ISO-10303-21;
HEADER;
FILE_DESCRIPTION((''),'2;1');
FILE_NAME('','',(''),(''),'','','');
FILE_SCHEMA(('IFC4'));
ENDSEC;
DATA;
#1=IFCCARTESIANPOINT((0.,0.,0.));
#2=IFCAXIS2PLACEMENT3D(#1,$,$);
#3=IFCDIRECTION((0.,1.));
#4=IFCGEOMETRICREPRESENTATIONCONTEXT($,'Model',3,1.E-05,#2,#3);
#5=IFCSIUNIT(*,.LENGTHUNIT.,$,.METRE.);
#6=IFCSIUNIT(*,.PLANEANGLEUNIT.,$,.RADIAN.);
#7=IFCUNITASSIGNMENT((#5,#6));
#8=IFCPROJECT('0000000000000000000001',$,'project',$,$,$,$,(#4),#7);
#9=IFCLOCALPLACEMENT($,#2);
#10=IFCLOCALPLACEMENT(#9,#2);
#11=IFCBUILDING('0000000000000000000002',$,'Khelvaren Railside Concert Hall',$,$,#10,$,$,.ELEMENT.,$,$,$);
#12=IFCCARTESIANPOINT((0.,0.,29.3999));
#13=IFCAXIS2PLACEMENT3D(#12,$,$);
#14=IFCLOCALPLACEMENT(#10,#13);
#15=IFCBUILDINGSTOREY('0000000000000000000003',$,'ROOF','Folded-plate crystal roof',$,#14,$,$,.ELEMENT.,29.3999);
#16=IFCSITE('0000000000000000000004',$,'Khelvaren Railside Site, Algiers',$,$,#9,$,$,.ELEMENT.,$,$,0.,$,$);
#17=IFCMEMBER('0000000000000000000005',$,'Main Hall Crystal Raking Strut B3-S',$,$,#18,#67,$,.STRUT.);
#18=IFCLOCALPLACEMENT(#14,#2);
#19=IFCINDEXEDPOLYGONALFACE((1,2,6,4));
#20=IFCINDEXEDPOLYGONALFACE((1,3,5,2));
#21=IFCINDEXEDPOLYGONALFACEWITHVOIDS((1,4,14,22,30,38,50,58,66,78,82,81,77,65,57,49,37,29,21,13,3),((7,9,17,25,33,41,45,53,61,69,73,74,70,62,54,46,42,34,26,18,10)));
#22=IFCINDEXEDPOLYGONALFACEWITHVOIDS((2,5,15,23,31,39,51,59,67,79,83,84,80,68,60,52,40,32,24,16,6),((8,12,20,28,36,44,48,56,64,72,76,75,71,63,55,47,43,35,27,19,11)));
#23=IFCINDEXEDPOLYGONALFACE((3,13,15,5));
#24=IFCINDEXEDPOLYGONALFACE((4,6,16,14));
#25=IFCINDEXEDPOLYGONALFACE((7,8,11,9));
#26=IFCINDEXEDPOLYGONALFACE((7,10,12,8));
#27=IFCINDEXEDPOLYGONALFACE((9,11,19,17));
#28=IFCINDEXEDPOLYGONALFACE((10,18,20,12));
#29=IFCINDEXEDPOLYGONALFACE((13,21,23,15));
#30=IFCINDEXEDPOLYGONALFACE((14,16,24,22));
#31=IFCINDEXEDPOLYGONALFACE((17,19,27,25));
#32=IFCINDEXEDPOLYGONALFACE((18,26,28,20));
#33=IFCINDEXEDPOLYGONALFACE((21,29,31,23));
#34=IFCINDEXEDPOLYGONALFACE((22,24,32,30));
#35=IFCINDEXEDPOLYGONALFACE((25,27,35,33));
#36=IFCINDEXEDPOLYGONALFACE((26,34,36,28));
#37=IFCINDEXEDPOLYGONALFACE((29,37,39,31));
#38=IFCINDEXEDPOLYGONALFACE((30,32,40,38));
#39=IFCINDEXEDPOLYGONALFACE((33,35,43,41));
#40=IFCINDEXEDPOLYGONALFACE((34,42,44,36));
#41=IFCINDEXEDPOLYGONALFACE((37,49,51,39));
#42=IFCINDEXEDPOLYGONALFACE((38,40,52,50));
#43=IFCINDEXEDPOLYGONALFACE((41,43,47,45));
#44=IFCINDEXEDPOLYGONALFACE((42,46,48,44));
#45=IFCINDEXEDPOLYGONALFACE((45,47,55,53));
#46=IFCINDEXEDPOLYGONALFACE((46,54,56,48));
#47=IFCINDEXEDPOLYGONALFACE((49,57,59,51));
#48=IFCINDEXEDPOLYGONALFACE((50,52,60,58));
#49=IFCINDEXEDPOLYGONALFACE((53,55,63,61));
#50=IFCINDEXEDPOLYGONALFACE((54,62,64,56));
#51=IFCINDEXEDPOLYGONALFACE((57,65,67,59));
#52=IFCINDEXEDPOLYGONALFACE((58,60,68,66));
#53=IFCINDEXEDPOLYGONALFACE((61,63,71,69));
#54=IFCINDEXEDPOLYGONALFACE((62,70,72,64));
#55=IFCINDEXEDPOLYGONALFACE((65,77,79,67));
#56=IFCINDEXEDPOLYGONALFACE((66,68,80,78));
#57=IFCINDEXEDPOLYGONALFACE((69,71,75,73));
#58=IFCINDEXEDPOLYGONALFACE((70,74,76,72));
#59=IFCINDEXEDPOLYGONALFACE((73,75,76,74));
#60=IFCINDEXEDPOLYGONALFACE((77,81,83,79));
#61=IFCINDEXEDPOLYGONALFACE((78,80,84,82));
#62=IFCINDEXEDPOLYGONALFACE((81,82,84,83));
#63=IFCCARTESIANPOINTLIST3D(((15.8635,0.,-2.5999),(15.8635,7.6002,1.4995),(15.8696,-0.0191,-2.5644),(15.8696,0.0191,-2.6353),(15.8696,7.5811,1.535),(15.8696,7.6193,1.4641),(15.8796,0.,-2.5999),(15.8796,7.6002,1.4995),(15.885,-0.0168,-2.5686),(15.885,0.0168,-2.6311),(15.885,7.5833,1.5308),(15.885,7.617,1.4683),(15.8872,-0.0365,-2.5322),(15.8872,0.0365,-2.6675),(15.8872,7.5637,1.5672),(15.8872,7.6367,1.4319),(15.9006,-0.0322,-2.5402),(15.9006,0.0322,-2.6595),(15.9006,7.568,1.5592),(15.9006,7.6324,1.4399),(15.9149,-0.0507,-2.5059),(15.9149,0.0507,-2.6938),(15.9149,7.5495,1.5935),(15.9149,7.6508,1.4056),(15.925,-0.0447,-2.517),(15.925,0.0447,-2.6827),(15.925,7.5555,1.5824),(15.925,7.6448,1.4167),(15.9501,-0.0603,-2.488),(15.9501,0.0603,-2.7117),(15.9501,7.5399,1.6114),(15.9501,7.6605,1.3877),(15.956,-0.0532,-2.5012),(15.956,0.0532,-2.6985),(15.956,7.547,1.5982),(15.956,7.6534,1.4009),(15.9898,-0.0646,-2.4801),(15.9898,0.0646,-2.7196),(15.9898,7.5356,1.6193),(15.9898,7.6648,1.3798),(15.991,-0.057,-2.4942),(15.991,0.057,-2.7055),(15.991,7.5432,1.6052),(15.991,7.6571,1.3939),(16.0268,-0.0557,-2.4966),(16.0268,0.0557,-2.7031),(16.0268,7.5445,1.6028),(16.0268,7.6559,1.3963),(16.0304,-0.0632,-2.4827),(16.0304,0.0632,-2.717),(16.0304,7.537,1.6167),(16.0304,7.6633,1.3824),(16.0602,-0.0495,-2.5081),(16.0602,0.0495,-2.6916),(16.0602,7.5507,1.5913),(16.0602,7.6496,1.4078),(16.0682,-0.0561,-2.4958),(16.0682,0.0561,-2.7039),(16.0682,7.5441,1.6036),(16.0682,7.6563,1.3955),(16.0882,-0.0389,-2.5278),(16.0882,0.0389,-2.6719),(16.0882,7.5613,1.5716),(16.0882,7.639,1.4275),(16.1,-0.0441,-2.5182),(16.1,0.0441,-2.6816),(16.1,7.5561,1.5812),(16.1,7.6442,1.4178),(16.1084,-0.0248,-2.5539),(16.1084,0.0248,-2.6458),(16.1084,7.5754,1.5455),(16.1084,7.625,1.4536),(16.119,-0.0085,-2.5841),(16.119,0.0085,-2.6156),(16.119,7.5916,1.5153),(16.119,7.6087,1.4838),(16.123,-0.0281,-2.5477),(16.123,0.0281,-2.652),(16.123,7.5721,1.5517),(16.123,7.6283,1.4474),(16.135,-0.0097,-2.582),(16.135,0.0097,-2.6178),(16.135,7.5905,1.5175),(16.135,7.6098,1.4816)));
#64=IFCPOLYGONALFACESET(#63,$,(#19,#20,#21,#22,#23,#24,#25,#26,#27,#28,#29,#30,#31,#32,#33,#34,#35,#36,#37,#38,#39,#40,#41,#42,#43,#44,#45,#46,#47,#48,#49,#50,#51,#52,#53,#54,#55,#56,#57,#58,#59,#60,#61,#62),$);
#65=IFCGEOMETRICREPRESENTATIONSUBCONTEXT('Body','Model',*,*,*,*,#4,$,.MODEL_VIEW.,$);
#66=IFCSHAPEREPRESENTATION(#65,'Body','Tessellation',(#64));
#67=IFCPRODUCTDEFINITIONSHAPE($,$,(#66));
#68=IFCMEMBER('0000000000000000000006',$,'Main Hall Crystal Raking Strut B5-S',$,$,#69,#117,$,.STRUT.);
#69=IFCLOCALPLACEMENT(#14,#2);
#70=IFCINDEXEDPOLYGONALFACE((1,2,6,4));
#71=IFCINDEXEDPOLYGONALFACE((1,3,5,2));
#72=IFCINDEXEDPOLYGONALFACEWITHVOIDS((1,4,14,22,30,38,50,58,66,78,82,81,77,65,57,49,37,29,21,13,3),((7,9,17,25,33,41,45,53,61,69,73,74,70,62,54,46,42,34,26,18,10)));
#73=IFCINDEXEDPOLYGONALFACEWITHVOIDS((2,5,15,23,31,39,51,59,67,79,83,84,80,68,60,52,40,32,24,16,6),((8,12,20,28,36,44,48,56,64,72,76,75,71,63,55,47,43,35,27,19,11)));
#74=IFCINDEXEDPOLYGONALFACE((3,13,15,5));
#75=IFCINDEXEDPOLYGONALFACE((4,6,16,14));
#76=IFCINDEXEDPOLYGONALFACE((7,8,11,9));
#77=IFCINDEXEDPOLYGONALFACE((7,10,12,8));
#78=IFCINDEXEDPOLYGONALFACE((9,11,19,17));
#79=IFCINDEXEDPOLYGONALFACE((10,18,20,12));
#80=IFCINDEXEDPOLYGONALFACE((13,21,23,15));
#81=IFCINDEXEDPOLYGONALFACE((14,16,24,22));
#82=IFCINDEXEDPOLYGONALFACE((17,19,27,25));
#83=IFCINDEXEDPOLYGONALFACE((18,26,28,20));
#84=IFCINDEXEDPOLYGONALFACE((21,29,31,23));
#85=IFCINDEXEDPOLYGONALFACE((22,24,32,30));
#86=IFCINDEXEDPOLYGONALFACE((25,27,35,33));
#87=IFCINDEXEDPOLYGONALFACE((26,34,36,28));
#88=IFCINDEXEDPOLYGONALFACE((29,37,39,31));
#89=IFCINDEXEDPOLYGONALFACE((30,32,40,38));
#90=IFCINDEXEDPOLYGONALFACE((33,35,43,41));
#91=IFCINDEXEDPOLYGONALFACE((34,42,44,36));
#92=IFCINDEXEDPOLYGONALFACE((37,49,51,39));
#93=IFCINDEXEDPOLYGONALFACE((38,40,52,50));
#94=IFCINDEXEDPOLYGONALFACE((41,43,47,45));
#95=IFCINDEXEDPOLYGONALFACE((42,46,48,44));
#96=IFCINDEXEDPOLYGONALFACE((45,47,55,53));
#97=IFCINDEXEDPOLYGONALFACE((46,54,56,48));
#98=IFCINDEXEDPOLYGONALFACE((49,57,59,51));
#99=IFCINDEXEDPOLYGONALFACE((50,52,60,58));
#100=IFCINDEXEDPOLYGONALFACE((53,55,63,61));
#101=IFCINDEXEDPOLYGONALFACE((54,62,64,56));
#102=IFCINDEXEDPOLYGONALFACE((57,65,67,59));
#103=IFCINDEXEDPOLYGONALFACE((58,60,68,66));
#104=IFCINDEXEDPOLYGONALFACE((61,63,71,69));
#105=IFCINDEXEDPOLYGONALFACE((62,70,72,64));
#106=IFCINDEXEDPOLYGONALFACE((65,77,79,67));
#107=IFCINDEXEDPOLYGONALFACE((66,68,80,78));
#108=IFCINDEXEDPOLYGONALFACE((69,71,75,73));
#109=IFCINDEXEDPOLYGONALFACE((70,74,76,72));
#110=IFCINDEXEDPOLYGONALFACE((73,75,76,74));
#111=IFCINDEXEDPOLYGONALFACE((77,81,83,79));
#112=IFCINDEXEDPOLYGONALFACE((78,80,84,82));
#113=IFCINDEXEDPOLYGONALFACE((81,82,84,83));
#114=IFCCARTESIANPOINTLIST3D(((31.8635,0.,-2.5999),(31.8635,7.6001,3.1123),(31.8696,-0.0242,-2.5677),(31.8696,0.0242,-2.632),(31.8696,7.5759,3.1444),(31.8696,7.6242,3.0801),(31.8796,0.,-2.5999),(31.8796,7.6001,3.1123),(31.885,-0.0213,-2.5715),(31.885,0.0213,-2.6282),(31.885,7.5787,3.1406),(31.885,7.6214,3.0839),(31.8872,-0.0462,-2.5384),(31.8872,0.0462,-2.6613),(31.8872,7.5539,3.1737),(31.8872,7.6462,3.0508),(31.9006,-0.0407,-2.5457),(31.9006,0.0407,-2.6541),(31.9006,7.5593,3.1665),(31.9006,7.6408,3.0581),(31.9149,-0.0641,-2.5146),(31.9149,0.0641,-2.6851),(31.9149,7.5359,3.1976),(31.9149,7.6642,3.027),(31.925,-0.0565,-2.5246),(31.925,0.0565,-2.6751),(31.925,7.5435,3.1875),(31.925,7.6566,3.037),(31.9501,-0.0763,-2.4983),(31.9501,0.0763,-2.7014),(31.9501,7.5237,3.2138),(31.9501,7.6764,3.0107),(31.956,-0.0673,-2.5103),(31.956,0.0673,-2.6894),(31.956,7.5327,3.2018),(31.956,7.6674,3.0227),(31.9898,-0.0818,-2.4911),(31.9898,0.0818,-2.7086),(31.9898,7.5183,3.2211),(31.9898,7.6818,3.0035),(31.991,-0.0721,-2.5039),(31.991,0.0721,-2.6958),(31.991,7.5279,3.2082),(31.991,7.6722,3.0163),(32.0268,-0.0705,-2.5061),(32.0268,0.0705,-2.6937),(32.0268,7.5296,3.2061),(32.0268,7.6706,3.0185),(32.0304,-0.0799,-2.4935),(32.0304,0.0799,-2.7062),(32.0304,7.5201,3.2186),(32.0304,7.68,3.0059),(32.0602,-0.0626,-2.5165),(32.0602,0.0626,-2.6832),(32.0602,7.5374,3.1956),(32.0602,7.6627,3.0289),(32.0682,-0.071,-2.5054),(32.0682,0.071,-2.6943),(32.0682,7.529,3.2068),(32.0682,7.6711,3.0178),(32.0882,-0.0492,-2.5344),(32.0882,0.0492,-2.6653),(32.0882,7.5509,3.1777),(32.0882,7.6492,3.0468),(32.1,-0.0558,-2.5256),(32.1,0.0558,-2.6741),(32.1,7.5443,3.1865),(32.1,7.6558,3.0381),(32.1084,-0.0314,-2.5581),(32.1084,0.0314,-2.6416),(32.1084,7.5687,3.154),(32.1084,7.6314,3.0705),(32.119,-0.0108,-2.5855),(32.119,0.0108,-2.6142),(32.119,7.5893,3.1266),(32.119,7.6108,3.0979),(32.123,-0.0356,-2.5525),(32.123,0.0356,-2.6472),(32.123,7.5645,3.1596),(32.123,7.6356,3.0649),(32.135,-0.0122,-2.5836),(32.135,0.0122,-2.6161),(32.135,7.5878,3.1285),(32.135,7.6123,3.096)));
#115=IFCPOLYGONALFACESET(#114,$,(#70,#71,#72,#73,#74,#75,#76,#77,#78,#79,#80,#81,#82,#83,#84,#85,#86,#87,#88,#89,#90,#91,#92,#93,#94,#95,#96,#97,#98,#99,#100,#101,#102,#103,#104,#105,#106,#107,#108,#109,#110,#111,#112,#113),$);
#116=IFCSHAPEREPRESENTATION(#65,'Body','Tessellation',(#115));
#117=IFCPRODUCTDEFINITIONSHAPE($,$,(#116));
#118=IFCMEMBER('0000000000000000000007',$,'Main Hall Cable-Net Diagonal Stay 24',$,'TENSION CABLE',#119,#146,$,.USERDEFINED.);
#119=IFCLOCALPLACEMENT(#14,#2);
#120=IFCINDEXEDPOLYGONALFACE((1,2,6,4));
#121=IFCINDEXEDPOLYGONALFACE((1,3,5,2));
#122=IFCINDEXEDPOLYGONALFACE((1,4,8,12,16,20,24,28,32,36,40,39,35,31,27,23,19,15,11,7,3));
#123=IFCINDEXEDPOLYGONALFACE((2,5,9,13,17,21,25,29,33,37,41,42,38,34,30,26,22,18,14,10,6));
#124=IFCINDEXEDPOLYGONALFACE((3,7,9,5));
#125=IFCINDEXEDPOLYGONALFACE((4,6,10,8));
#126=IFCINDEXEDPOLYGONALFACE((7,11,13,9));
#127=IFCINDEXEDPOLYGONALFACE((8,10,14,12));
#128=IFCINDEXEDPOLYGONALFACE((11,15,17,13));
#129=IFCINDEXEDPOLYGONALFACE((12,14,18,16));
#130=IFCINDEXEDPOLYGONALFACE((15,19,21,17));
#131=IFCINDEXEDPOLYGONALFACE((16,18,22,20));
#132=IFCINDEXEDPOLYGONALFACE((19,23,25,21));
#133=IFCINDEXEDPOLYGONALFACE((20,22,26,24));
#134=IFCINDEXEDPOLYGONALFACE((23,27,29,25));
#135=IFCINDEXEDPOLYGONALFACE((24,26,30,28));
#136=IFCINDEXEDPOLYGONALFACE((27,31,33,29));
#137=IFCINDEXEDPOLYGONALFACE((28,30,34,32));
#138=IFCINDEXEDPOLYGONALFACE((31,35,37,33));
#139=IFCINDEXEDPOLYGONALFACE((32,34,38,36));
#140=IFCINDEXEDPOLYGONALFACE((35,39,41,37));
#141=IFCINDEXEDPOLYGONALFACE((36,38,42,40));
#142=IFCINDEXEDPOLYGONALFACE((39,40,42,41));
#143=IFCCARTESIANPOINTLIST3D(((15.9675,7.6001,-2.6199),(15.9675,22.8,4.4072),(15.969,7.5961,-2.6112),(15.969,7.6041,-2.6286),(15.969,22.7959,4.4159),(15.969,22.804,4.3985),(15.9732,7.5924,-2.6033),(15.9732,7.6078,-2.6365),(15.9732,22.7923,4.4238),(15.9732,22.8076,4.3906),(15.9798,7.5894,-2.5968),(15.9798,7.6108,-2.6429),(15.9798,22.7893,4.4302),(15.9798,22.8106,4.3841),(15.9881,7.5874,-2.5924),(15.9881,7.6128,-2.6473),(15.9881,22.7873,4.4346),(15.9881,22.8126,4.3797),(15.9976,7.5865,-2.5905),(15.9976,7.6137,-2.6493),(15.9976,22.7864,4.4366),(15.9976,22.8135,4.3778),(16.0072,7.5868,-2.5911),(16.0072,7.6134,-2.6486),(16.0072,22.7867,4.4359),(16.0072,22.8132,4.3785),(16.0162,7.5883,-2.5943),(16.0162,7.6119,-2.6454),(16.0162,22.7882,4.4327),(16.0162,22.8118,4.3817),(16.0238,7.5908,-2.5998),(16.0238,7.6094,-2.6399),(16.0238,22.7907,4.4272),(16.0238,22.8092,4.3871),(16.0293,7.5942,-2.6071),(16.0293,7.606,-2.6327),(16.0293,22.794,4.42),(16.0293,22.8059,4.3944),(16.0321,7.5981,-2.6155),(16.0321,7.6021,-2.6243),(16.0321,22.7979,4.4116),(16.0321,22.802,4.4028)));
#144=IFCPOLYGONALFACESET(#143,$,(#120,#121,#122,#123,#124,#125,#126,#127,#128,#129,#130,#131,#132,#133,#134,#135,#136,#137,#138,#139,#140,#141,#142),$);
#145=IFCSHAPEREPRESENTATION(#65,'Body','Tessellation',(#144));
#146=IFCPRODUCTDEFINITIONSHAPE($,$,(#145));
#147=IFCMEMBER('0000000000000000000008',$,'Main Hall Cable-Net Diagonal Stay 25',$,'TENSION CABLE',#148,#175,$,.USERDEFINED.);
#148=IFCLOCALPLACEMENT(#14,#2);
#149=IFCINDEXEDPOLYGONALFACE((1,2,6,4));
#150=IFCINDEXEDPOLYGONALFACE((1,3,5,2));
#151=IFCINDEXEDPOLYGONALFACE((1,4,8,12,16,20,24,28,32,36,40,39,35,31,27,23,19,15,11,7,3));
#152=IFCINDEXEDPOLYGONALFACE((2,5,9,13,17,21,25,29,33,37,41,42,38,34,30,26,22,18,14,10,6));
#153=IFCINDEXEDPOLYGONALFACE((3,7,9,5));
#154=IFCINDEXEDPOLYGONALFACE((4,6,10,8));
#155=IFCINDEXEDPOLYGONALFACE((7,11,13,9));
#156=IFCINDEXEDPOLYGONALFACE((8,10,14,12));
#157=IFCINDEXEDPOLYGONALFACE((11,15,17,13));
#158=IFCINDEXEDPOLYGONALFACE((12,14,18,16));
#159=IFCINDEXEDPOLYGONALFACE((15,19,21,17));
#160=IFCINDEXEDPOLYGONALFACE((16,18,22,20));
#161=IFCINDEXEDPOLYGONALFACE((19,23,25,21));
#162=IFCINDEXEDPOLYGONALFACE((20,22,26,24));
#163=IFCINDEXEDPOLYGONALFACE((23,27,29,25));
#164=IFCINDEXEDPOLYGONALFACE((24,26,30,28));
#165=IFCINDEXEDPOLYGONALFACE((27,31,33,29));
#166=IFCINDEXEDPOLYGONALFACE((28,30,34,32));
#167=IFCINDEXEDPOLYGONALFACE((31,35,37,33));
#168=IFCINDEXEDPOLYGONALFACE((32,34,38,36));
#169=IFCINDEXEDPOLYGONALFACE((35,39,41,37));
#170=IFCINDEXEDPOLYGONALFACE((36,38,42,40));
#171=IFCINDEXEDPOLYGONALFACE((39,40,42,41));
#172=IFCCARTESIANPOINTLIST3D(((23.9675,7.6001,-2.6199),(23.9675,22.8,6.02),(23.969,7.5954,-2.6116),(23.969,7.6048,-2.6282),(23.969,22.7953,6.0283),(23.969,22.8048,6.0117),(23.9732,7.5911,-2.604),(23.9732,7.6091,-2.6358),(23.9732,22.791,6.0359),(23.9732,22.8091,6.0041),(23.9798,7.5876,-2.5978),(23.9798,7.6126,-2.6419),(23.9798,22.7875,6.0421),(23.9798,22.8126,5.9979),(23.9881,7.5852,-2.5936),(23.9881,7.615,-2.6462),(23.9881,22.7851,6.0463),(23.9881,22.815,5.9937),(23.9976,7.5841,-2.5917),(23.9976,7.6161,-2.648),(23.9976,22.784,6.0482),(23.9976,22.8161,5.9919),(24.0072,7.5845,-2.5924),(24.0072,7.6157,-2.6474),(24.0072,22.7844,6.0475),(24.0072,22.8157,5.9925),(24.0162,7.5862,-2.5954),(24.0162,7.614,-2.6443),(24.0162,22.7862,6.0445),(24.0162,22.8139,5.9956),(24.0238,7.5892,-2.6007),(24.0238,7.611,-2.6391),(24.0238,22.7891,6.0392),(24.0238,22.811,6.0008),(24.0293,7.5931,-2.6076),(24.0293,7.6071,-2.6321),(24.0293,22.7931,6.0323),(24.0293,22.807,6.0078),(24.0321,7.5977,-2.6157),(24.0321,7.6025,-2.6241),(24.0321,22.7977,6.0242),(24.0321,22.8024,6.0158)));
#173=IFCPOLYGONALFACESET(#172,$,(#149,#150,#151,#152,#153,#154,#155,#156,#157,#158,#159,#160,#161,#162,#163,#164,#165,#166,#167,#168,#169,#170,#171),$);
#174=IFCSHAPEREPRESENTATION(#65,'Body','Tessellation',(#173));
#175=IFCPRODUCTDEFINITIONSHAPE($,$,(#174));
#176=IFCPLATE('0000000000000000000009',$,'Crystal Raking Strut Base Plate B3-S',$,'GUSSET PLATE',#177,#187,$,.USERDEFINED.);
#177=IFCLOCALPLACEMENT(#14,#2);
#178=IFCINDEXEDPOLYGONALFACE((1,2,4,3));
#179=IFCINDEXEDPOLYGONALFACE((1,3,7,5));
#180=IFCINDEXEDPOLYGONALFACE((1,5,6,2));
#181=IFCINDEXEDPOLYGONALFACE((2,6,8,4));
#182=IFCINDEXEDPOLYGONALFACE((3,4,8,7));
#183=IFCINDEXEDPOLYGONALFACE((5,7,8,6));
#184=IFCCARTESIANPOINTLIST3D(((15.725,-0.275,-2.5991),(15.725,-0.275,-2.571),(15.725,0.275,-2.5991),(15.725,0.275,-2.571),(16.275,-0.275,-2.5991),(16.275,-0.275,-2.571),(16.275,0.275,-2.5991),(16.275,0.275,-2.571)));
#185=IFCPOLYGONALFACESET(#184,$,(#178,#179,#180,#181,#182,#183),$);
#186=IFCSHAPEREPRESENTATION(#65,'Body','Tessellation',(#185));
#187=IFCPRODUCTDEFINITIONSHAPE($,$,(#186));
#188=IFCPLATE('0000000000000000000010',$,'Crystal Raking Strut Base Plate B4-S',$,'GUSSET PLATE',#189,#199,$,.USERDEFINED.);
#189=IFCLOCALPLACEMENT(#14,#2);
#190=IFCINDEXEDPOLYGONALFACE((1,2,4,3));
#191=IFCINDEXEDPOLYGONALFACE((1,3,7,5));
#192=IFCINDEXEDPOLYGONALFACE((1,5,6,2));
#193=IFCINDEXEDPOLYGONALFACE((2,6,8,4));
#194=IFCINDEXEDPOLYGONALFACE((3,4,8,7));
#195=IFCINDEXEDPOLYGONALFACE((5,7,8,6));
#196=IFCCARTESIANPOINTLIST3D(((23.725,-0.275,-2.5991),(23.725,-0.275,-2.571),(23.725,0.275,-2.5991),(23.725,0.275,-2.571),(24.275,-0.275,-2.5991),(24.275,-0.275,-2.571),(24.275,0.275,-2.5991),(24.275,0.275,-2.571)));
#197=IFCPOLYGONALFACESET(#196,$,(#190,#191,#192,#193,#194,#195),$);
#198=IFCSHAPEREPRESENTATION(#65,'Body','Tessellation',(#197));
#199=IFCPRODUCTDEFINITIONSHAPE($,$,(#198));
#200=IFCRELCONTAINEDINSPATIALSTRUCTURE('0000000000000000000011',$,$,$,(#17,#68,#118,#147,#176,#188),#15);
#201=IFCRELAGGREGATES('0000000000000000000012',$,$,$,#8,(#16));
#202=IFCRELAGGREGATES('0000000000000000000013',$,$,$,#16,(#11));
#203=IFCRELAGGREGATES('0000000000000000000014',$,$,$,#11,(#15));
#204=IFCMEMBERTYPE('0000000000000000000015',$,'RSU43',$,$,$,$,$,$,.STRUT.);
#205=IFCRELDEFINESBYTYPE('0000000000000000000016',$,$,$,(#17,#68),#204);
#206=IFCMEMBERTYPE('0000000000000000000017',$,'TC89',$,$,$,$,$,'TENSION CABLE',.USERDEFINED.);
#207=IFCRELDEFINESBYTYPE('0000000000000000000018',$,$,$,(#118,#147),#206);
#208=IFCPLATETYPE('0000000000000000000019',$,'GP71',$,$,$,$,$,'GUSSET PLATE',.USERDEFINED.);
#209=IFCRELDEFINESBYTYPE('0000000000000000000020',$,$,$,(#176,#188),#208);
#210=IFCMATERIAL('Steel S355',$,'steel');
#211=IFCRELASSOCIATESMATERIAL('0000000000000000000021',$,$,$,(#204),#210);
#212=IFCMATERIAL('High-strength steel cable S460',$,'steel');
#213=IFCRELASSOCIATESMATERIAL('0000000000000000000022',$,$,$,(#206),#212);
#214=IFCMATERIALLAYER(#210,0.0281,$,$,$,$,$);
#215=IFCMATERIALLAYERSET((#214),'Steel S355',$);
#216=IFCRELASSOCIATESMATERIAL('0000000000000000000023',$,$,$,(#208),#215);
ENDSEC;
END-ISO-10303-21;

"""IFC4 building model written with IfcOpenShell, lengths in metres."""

from ifc_helpers import new_model, si_unit, direction, frame, origin, origin_2d, place, context, subcontext, project, spatial, rectangle, circle, hollow_circle, extrude, material, layer, layer_set, material_profile, profile_set, type_object, element, save


model = new_model("IFC4")

# Units and contexts
model_context = context("Model", 3, precision=1e-05, world=origin(), true_north=direction((0.0, 1.0)))
body_context = subcontext(model_context, "Body", "Model", "MODEL_VIEW")
ifc_project = project(units=[si_unit("LENGTHUNIT", "METRE"), si_unit("PLANEANGLEUNIT", "RADIAN")], contexts=[model_context])

# Site, building, storey
site_placement = place(None, origin())
site = spatial("IfcSite", under=ifc_project, at=site_placement, Name="Khelvaren Railside Site, Algiers", CompositionType="ELEMENT", RefElevation=0.0)
building_placement = place(site_placement, origin())
building = spatial("IfcBuilding", under=site, at=building_placement, Name="Khelvaren Railside Concert Hall", CompositionType="ELEMENT")
storey_placement = place(building_placement, frame((0.0, 0.0, 29.3999)))
storey = spatial("IfcBuildingStorey", under=building, at=storey_placement, Name="ROOF", Description="Folded-plate crystal roof", CompositionType="ELEMENT", Elevation=29.3999)

# Shared definitions
ifc_material_1 = material(Name="Steel S355", Category="steel")

# Members
ifc_material_profile_1 = material_profile(ifc_material_1, hollow_circle(Radius=0.1365, WallThickness=0.0161, at=origin_2d()), Name="CHS 273x16")
ifc_profile_set_1 = profile_set([ifc_material_profile_1], Name="Steel S355")
member_type_1 = type_object("IfcMemberType", Name="RSU43", PredefinedType="STRUT", material=ifc_profile_set_1)
member_1_placement = place(storey_placement, frame((16.0, 0.0, -2.5999), z_axis=(0.0, 0.880132, 0.474729), x_axis=(-1.0, 0.0, 0.0)))
element("IfcMember", 1, at=member_1_placement, inside=storey, type_object=member_type_1, Name="Main Hall Crystal Raking Strut B3-S", PredefinedType="STRUT", context=body_context, shape_type="SweptSolid", body=[
    extrude(hollow_circle(Radius=0.1365, WallThickness=0.0161, at=origin_2d()), origin(), (0.0, 0.0, 1.0), 8.6353),
])
member_2_placement = place(storey_placement, frame((32.0, 0.0, -2.5999), z_axis=(0.0, 0.799389, 0.600813), x_axis=(-1.0, 0.0, 0.0)))
element("IfcMember", 2, at=member_2_placement, inside=storey, type_object=member_type_1, Name="Main Hall Crystal Raking Strut B5-S", PredefinedType="STRUT", context=body_context, shape_type="SweptSolid", body=[
    extrude(hollow_circle(Radius=0.1365, WallThickness=0.0161, at=origin_2d()), origin(), (0.0, 0.0, 1.0), 9.5073),
])
ifc_material_2 = material(Name="High-strength steel cable S460", Category="steel")
ifc_material_profile_2 = material_profile(ifc_material_2, circle(Radius=0.0325, at=origin_2d()), Name="LCB D65")
ifc_profile_set_2 = profile_set([ifc_material_profile_2], Name="High-strength steel cable S460")
member_type_2 = type_object("IfcMemberType", Name="TC89", ElementType="TENSION CABLE", PredefinedType="USERDEFINED", material=ifc_profile_set_2)
member_3_placement = place(storey_placement, frame((16.0, 7.6001, -2.6199), z_axis=(0.0, 0.907693, 0.419636), x_axis=(-1.0, 0.0, 0.0)))
element("IfcMember", 3, at=member_3_placement, inside=storey, type_object=member_type_2, Name="Main Hall Cable-Net Diagonal Stay 24", ObjectType="TENSION CABLE", PredefinedType="USERDEFINED", context=body_context, shape_type="SweptSolid", body=[
    extrude(circle(Radius=0.0325, at=origin_2d()), origin(), (0.0, 0.0, 1.0), 16.7456),
])
member_4_placement = place(storey_placement, frame((24.0, 7.6001, -2.6199), z_axis=(0.0, 0.869369, 0.494163), x_axis=(-1.0, 0.0, 0.0)))
element("IfcMember", 4, at=member_4_placement, inside=storey, type_object=member_type_2, Name="Main Hall Cable-Net Diagonal Stay 25", ObjectType="TENSION CABLE", PredefinedType="USERDEFINED", context=body_context, shape_type="SweptSolid", body=[
    extrude(circle(Radius=0.0325, at=origin_2d()), origin(), (0.0, 0.0, 1.0), 17.4839),
])

# Plates
ifc_layer_1 = layer(ifc_material_1, 0.0281)
ifc_layer_set_1 = layer_set([ifc_layer_1], Name="Steel S355")
plate_type = type_object("IfcPlateType", Name="GP71", ElementType="GUSSET PLATE", PredefinedType="USERDEFINED", material=ifc_layer_set_1)
for number, where, z_axis, x_axis, name in (
    (5, (16.0, 0.0, -2.5991), (0.0, 0.0, 1.0), (1.0, 0.0, 0.0), "Crystal Raking Strut Base Plate B3-S"),
    (6, (24.0, 0.0, -2.5991), (0.0, 0.0, 1.0), (1.0, 0.0, 0.0), "Crystal Raking Strut Base Plate B4-S"),
):
    element("IfcPlate", number, at=place(storey_placement, frame(where, z_axis=z_axis, x_axis=x_axis)), inside=storey, type_object=plate_type, Name=name, ObjectType="GUSSET PLATE", PredefinedType="USERDEFINED", context=body_context, shape_type="SweptSolid", body=[
        extrude(rectangle(XDim=0.55, YDim=0.55, at=origin_2d()), origin(), (0.0, 0.0, 1.0), 0.0281),
    ])

save(model, "model.ifc")
